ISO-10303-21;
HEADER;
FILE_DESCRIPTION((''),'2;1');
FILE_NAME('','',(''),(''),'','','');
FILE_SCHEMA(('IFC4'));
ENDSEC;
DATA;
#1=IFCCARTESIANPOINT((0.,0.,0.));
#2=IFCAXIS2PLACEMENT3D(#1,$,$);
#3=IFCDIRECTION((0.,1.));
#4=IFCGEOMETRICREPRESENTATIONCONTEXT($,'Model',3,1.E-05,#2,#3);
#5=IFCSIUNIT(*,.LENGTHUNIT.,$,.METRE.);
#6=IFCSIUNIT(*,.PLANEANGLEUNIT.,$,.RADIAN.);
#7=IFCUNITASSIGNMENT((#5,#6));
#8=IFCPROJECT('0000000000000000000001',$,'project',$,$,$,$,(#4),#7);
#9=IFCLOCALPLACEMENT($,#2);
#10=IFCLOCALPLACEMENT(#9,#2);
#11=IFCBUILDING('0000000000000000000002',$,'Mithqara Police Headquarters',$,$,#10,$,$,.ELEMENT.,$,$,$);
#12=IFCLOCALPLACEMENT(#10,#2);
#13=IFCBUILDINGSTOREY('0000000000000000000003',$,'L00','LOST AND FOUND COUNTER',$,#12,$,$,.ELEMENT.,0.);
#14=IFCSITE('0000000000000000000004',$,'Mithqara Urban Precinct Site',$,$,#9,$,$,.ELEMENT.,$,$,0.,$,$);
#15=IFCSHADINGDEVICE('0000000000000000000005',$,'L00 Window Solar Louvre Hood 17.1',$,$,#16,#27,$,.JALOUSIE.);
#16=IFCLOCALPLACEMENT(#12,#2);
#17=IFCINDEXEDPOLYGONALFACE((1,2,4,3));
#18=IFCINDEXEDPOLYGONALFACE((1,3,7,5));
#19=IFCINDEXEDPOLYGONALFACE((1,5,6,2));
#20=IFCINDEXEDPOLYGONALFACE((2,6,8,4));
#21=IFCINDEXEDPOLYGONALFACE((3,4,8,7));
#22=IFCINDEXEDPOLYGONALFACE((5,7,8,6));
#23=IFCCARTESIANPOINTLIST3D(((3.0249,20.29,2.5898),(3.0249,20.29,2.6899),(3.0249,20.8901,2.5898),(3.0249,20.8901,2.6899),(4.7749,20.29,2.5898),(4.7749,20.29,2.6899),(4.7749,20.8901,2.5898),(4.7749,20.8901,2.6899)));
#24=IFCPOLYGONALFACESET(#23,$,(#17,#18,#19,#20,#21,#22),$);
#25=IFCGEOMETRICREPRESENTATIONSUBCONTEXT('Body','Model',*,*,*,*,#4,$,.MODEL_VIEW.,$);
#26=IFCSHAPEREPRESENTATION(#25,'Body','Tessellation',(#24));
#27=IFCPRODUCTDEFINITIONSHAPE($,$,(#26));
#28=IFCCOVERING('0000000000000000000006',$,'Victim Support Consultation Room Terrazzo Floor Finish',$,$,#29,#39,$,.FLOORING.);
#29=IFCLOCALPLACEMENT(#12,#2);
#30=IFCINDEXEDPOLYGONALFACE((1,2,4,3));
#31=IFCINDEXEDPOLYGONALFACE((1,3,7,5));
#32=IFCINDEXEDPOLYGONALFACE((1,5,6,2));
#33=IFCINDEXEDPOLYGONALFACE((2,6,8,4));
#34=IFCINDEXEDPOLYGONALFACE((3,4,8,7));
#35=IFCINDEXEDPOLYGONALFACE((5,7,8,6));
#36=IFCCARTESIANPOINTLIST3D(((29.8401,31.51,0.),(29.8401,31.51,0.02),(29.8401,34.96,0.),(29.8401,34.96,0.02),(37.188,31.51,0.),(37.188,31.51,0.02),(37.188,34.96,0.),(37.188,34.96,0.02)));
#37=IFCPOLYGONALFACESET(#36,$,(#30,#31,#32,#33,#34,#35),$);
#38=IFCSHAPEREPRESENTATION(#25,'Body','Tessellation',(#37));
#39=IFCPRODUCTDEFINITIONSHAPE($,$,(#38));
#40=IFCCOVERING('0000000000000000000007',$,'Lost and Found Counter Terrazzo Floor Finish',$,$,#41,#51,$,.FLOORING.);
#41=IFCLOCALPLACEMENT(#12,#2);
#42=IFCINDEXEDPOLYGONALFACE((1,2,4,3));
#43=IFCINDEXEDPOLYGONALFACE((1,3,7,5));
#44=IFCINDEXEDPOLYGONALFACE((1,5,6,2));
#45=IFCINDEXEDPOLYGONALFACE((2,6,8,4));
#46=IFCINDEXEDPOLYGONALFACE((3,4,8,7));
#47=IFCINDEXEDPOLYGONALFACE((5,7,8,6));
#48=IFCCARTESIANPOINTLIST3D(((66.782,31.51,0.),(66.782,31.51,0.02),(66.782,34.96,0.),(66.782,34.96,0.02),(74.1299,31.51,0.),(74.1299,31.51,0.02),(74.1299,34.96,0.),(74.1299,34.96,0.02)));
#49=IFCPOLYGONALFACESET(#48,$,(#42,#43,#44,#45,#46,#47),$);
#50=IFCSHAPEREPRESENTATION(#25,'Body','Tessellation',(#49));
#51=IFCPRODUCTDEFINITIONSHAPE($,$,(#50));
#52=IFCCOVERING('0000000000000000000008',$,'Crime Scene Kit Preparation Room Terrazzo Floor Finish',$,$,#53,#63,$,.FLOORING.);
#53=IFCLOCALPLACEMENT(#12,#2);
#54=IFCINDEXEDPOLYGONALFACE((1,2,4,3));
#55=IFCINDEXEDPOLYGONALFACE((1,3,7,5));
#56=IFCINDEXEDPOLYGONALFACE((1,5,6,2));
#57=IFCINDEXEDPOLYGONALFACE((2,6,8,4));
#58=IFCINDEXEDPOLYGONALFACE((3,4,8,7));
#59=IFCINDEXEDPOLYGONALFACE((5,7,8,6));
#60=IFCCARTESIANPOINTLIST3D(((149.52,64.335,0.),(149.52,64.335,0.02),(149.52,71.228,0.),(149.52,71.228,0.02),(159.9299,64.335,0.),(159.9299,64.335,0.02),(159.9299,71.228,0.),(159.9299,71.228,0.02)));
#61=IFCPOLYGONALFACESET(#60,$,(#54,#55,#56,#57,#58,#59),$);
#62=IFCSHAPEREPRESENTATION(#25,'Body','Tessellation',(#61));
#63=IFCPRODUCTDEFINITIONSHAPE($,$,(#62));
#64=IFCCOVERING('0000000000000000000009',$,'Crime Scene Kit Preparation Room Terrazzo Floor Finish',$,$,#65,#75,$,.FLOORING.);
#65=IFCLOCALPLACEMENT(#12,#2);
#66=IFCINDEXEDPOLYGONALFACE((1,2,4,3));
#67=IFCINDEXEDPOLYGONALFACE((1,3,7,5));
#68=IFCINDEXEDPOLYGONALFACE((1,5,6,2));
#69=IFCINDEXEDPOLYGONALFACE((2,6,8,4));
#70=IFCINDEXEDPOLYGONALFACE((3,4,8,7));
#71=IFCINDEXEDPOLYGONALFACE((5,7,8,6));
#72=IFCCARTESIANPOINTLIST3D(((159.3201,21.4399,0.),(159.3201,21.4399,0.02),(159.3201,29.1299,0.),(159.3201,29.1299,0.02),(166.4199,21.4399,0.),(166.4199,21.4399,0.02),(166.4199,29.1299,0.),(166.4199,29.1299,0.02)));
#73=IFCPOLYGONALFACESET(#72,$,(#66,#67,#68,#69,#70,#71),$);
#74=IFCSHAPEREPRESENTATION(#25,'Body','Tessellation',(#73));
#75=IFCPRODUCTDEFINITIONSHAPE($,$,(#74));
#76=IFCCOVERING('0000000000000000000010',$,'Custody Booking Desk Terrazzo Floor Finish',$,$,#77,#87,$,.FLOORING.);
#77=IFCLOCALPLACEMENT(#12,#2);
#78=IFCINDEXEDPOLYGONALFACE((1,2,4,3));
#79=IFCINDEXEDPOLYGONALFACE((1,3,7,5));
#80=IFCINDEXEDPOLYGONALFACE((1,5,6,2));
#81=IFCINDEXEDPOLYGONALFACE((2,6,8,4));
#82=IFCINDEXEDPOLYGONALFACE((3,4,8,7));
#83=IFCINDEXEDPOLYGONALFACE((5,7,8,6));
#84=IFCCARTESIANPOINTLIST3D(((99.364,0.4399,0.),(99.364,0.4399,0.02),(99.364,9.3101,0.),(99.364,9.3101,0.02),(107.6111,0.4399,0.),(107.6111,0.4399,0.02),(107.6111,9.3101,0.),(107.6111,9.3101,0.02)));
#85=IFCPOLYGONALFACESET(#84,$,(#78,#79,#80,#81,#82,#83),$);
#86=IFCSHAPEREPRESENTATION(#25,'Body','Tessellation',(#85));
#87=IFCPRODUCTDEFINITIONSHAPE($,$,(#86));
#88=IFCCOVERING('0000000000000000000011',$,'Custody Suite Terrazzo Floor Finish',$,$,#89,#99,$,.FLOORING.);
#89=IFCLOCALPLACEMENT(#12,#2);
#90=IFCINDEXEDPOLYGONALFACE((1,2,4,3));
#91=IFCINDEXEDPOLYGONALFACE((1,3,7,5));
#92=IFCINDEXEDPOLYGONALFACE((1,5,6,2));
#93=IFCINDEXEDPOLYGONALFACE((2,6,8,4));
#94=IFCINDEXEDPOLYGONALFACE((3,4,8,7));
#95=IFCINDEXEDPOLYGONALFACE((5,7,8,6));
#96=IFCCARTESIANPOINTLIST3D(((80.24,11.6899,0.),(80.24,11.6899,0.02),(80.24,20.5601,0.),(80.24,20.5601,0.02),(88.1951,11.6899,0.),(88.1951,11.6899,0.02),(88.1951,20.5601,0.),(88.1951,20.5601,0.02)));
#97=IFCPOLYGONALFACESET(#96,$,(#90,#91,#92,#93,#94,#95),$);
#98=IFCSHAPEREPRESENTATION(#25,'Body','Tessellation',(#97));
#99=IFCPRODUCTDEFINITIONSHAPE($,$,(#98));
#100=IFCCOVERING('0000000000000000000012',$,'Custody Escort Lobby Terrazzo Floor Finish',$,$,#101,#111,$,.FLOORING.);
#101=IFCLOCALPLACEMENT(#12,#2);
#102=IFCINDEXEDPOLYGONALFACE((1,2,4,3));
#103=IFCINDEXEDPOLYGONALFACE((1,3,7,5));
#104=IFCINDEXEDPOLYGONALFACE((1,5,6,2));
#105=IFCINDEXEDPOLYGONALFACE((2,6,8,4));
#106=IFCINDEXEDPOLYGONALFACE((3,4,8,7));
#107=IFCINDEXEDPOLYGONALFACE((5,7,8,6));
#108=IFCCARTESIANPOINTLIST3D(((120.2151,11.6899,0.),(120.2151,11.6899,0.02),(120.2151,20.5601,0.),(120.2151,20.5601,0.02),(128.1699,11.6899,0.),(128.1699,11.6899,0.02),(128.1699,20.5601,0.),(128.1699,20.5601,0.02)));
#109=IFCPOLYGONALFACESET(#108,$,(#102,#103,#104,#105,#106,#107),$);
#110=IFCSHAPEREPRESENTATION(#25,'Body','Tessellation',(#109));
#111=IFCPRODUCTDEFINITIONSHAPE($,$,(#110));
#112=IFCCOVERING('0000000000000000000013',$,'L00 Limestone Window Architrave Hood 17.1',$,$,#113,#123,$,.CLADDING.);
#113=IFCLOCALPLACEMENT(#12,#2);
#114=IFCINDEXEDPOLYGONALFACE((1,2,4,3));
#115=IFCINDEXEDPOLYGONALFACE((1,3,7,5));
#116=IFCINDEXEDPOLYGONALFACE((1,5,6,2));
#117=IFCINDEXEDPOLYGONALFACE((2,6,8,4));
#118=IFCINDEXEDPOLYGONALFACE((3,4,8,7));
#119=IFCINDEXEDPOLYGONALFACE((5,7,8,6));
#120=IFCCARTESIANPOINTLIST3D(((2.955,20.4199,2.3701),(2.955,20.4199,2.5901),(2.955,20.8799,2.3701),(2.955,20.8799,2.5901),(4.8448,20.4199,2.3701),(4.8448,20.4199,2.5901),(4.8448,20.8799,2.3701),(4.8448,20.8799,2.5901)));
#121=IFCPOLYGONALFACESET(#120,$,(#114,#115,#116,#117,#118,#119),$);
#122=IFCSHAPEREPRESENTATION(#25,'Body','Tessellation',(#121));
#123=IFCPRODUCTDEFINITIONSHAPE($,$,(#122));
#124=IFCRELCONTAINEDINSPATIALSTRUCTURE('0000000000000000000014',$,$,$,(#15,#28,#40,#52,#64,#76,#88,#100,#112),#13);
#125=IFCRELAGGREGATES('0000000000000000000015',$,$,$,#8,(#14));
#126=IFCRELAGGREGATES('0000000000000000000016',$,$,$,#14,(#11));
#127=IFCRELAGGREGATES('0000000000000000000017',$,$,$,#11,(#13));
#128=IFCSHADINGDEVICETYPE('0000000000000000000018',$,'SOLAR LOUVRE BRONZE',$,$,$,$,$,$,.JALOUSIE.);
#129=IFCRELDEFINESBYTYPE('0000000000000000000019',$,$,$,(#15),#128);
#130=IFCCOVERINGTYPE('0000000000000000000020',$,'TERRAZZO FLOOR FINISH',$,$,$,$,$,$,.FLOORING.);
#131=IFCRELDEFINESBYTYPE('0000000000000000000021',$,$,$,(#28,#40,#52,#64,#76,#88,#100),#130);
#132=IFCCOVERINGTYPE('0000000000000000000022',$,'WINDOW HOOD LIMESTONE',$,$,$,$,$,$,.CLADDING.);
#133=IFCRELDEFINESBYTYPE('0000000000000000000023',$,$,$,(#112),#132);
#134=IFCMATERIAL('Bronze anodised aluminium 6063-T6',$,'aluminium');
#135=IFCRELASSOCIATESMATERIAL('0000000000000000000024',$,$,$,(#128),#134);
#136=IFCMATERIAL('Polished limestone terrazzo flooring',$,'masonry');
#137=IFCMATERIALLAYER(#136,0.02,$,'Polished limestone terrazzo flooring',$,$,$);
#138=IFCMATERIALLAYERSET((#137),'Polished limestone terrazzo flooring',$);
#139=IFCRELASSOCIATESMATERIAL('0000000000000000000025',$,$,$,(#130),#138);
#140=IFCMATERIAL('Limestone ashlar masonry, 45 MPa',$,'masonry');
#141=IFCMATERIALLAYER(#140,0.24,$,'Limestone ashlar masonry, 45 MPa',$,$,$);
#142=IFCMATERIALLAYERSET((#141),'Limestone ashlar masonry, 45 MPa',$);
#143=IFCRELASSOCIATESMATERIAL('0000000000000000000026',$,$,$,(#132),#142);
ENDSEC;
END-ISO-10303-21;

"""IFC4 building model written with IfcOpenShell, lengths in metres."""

from ifc_helpers import new_model, si_unit, direction, frame, origin, origin_2d, place, context, subcontext, project, spatial, polyline, rectangle, outline, extrude, material, layer, layer_set, type_object, element, save


model = new_model("IFC4")

# Units and contexts
model_context = context("Model", 3, precision=1e-05, world=origin(), true_north=direction((0.0, 1.0)))
body_context = subcontext(model_context, "Body", "Model", "MODEL_VIEW")
ifc_project = project(units=[si_unit("LENGTHUNIT", "METRE"), si_unit("PLANEANGLEUNIT", "RADIAN")], contexts=[model_context])

# Site, building, storey
site_placement = place(None, origin())
site = spatial("IfcSite", under=ifc_project, at=site_placement, Name="Mithqara Urban Precinct Site", CompositionType="ELEMENT", RefElevation=0.0)
building_placement = place(site_placement, origin())
building = spatial("IfcBuilding", under=site, at=building_placement, Name="Mithqara Police Headquarters", CompositionType="ELEMENT")
storey_placement = place(building_placement, origin())
storey = spatial("IfcBuildingStorey", under=building, at=storey_placement, Name="L00", Description="LOST AND FOUND COUNTER", CompositionType="ELEMENT", Elevation=0.0)

# Shading device
ifc_material_1 = material(Name="Bronze anodised aluminium 6063-T6", Category="aluminium")
shading_device_type = type_object("IfcShadingDeviceType", Name="SOLAR LOUVRE BRONZE", PredefinedType="JALOUSIE", material=ifc_material_1)
shading_device_placement = place(storey_placement, frame((3.8999, 20.5901, 2.5898), z_axis=(0.0, 0.0, 1.0), x_axis=(1.0, 0.0, 0.0)))
element("IfcShadingDevice", 1, at=shading_device_placement, inside=storey, type_object=shading_device_type, Name="L00 Window Solar Louvre Hood 17.1", PredefinedType="JALOUSIE", context=body_context, shape_type="SweptSolid", body=[
    extrude(rectangle(XDim=1.75, YDim=0.6001, at=origin_2d()), origin(), (0.0, 0.0, 1.0), 0.1001),
])

# Coverings
ifc_material_2 = material(Name="Polished limestone terrazzo flooring", Category="masonry")
ifc_layer_1 = layer(ifc_material_2, 0.02, Name="Polished limestone terrazzo flooring")
ifc_layer_set_1 = layer_set([ifc_layer_1], Name="Polished limestone terrazzo flooring")
covering_type_1 = type_object("IfcCoveringType", Name="TERRAZZO FLOOR FINISH", PredefinedType="FLOORING", material=ifc_layer_set_1)
covering_1_placement = place(storey_placement, origin())
element("IfcCovering", 2, at=covering_1_placement, inside=storey, type_object=covering_type_1, Name="Victim Support Consultation Room Terrazzo Floor Finish", PredefinedType="FLOORING", context=body_context, shape_type="SweptSolid", body=[
    extrude(outline(polyline([(29.8401, 31.51), (37.188, 31.51), (37.188, 34.96), (29.8401, 34.96), (29.8401, 31.51)])), origin(), (0.0, 0.0, 1.0), 0.02),
])
covering_2_placement = place(storey_placement, origin())
element("IfcCovering", 3, at=covering_2_placement, inside=storey, type_object=covering_type_1, Name="Lost and Found Counter Terrazzo Floor Finish", PredefinedType="FLOORING", context=body_context, shape_type="SweptSolid", body=[
    extrude(outline(polyline([(66.782, 31.51), (74.1299, 31.51), (74.1299, 34.96), (66.782, 34.96), (66.782, 31.51)])), origin(), (0.0, 0.0, 1.0), 0.02),
])
covering_3_placement = place(storey_placement, origin())
element("IfcCovering", 4, at=covering_3_placement, inside=storey, type_object=covering_type_1, Name="Crime Scene Kit Preparation Room Terrazzo Floor Finish", PredefinedType="FLOORING", context=body_context, shape_type="SweptSolid", body=[
    extrude(outline(polyline([(149.52, 64.335), (159.9299, 64.335), (159.9299, 71.228), (149.52, 71.228), (149.52, 64.335)])), origin(), (0.0, 0.0, 1.0), 0.02),
])
covering_4_placement = place(storey_placement, origin())
element("IfcCovering", 5, at=covering_4_placement, inside=storey, type_object=covering_type_1, Name="Crime Scene Kit Preparation Room Terrazzo Floor Finish", PredefinedType="FLOORING", context=body_context, shape_type="SweptSolid", body=[
    extrude(outline(polyline([(159.3201, 21.4399), (166.4199, 21.4399), (166.4199, 29.1299), (159.3201, 29.1299), (159.3201, 21.4399)])), origin(), (0.0, 0.0, 1.0), 0.02),
])
covering_5_placement = place(storey_placement, origin())
element("IfcCovering", 6, at=covering_5_placement, inside=storey, type_object=covering_type_1, Name="Custody Booking Desk Terrazzo Floor Finish", PredefinedType="FLOORING", context=body_context, shape_type="SweptSolid", body=[
    extrude(outline(polyline([(99.364, 0.4399), (107.6111, 0.4399), (107.6111, 9.3101), (99.364, 9.3101), (99.364, 0.4399)])), origin(), (0.0, 0.0, 1.0), 0.02),
])
covering_6_placement = place(storey_placement, origin())
element("IfcCovering", 7, at=covering_6_placement, inside=storey, type_object=covering_type_1, Name="Custody Suite Terrazzo Floor Finish", PredefinedType="FLOORING", context=body_context, shape_type="SweptSolid", body=[
    extrude(outline(polyline([(80.24, 11.6899), (88.1951, 11.6899), (88.1951, 20.5601), (80.24, 20.5601), (80.24, 11.6899)])), origin(), (0.0, 0.0, 1.0), 0.02),
])
covering_7_placement = place(storey_placement, origin())
element("IfcCovering", 8, at=covering_7_placement, inside=storey, type_object=covering_type_1, Name="Custody Escort Lobby Terrazzo Floor Finish", PredefinedType="FLOORING", context=body_context, shape_type="SweptSolid", body=[
    extrude(outline(polyline([(120.2151, 11.6899), (128.1699, 11.6899), (128.1699, 20.5601), (120.2151, 20.5601), (120.2151, 11.6899)])), origin(), (0.0, 0.0, 1.0), 0.02),
])
ifc_material_3 = material(Name="Limestone ashlar masonry, 45 MPa", Category="masonry")
ifc_layer_2 = layer(ifc_material_3, 0.24, Name="Limestone ashlar masonry, 45 MPa")
ifc_layer_set_2 = layer_set([ifc_layer_2], Name="Limestone ashlar masonry, 45 MPa")
covering_type_2 = type_object("IfcCoveringType", Name="WINDOW HOOD LIMESTONE", PredefinedType="CLADDING", material=ifc_layer_set_2)
covering_8_placement = place(storey_placement, frame((3.8999, 20.6499, 2.3701), z_axis=(0.0, 0.0, 1.0), x_axis=(1.0, 0.0, 0.0)))
element("IfcCovering", 9, at=covering_8_placement, inside=storey, type_object=covering_type_2, Name="L00 Limestone Window Architrave Hood 17.1", PredefinedType="CLADDING", context=body_context, shape_type="SweptSolid", body=[
    extrude(rectangle(XDim=1.8899, YDim=0.46, at=origin_2d()), origin(), (0.0, 0.0, 1.0), 0.22),
])

save(model, "model.ifc")
